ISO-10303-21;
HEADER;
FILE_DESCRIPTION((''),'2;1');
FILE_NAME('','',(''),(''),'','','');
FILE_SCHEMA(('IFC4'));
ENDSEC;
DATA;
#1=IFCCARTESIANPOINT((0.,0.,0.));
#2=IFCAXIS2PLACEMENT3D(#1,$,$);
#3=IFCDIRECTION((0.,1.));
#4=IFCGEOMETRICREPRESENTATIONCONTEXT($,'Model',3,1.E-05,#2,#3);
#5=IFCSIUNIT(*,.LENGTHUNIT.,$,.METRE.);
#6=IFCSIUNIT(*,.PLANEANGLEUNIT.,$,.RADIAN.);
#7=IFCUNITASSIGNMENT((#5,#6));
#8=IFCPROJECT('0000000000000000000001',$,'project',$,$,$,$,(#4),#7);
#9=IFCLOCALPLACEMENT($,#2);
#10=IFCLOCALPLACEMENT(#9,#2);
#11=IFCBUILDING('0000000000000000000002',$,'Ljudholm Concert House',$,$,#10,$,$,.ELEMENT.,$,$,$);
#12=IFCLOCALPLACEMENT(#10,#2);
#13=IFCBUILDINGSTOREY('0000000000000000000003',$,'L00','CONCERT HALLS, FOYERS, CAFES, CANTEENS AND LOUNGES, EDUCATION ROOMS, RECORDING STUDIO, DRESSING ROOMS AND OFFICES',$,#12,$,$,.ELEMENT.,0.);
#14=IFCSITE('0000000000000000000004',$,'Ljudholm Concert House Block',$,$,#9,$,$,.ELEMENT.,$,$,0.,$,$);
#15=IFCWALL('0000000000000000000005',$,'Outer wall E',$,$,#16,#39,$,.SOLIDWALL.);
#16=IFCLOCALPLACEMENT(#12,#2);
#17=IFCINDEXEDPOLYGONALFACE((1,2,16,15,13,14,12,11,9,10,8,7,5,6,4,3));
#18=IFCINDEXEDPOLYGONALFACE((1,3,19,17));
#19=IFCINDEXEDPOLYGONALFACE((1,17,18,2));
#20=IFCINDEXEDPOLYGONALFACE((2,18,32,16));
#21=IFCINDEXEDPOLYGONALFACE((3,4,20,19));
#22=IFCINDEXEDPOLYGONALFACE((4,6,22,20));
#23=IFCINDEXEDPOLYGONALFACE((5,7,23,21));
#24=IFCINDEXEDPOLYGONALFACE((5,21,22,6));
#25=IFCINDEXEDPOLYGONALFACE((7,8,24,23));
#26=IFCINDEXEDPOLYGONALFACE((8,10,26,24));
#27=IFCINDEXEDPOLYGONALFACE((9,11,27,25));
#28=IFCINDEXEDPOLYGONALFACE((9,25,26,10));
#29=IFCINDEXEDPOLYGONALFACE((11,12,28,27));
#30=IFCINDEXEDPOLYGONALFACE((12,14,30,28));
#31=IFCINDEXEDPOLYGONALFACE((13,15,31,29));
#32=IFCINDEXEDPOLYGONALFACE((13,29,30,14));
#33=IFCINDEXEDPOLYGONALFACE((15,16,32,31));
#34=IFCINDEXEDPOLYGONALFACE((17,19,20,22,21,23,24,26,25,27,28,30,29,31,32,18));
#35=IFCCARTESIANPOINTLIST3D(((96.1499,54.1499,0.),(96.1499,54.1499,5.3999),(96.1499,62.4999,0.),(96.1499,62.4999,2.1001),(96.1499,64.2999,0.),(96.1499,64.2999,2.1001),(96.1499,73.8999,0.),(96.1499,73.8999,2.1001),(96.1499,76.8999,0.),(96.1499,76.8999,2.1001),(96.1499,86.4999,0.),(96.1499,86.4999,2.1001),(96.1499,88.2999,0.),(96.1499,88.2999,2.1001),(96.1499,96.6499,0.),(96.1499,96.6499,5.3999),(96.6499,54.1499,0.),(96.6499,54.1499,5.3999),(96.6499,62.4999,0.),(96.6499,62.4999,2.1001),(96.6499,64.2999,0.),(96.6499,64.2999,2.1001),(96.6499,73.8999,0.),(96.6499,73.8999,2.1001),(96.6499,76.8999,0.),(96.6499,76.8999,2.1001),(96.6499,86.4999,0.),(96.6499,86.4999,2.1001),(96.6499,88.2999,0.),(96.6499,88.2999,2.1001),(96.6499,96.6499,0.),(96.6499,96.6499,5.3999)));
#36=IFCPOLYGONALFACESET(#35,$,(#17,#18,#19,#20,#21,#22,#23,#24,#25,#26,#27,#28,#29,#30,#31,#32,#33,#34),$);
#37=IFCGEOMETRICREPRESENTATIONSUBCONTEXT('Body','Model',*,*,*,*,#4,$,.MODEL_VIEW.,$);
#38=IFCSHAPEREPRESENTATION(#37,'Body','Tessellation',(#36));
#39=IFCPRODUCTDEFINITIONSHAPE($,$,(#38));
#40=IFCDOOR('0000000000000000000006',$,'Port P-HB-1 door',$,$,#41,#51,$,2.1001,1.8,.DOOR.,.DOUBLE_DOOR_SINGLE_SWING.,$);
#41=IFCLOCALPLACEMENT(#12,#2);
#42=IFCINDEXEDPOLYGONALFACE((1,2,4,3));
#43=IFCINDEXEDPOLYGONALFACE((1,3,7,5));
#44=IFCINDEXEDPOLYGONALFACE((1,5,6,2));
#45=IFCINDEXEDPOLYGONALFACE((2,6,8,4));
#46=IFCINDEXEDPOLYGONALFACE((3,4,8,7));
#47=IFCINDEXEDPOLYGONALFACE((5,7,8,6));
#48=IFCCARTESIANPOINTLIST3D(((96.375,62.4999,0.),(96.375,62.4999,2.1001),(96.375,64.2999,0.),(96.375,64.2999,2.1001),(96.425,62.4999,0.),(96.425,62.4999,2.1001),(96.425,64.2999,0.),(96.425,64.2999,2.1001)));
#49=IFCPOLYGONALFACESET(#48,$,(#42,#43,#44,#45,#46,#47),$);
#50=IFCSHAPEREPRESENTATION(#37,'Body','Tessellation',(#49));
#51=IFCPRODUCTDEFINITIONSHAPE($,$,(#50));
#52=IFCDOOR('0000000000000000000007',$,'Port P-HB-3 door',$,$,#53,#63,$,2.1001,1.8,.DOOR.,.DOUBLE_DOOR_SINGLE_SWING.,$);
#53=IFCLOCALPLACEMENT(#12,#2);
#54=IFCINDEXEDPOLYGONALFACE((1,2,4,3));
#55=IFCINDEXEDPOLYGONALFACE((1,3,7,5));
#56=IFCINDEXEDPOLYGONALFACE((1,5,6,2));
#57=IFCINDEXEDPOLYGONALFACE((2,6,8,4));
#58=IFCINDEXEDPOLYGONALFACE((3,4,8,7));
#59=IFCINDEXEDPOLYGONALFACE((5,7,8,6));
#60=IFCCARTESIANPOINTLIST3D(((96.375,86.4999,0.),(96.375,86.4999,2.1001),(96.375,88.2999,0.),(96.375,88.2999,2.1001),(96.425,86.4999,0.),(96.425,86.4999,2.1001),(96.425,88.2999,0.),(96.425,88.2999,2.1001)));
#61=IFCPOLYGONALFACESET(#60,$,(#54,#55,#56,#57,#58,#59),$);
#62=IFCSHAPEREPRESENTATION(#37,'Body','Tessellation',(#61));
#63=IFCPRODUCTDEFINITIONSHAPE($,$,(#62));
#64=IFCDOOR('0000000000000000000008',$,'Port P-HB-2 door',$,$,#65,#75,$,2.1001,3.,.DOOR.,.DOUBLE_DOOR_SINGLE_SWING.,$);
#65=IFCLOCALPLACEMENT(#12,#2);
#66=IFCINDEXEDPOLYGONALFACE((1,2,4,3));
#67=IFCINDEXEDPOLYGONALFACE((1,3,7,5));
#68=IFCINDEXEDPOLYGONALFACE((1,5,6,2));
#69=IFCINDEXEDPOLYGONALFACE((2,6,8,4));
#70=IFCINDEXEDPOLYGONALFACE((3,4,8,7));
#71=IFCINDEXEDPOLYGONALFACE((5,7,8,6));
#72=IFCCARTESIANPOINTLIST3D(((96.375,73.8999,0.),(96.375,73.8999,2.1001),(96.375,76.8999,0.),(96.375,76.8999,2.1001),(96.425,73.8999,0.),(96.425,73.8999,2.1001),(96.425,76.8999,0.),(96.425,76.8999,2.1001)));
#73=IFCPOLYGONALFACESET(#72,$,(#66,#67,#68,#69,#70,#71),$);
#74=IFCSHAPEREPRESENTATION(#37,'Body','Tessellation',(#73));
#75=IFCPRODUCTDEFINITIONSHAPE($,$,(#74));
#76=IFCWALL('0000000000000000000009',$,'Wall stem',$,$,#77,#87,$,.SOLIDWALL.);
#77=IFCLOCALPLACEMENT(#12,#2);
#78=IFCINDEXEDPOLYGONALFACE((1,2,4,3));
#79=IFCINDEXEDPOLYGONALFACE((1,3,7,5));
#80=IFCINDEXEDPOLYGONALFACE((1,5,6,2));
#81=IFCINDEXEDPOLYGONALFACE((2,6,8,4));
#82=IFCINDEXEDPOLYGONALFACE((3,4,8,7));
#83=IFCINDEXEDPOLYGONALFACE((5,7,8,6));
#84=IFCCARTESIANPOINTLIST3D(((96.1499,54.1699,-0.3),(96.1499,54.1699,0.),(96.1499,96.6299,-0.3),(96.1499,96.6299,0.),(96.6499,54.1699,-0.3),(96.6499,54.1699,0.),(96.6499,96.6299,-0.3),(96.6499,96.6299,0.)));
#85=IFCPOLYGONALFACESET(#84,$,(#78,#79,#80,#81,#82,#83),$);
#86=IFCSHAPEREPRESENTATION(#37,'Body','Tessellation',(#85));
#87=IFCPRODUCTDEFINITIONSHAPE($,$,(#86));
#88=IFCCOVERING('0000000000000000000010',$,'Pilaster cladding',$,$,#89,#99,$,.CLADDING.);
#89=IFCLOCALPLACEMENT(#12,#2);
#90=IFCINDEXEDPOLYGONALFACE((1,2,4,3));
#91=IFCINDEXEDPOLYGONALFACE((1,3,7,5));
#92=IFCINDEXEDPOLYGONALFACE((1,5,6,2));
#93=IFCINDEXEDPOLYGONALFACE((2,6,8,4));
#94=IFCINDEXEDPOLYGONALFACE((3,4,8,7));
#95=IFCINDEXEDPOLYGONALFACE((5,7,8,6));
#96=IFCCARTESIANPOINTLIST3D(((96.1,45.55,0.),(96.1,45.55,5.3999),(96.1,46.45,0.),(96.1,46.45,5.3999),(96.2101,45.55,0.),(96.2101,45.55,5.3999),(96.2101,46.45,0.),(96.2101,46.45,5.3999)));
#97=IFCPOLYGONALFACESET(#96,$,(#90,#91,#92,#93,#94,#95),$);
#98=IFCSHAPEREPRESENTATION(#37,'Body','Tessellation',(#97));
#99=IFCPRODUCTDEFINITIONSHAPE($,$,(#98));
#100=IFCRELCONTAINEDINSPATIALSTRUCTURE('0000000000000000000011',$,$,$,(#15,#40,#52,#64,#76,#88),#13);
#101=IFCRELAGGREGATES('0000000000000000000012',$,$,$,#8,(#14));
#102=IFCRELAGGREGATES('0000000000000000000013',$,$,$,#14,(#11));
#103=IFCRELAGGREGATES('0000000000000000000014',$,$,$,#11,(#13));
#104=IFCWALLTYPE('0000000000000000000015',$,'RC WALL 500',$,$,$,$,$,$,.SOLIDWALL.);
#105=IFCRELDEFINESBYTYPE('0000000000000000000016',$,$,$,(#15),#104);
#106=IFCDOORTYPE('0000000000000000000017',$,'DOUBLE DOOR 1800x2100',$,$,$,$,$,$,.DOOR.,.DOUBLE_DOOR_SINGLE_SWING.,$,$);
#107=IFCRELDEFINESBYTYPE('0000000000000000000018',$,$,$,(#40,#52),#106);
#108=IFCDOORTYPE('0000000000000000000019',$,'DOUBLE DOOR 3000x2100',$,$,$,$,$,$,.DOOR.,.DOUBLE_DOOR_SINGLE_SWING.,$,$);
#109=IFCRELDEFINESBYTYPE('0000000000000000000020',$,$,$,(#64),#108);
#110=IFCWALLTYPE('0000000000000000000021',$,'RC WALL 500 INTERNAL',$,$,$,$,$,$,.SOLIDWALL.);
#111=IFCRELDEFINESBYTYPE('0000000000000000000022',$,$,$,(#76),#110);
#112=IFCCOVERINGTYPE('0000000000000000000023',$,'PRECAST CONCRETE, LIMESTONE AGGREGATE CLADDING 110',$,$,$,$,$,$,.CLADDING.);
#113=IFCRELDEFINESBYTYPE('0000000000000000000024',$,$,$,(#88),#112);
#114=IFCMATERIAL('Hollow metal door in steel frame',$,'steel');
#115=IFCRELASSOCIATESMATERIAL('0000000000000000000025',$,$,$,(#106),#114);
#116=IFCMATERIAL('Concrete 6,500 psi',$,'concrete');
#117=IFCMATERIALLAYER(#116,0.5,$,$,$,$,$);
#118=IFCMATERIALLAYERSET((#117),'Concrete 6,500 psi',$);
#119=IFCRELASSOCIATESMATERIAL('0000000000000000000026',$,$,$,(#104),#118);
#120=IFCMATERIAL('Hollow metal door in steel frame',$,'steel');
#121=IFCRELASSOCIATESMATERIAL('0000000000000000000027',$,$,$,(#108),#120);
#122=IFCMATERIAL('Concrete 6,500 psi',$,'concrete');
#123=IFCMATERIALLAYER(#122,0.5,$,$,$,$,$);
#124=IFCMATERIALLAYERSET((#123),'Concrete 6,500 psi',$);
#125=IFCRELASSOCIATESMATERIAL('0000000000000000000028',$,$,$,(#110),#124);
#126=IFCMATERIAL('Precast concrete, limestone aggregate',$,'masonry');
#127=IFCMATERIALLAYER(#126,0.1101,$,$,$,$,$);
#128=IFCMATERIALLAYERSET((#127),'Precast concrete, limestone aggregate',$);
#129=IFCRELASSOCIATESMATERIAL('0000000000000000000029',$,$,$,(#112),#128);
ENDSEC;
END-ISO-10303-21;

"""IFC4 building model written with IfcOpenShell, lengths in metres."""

from ifc_helpers import new_model, si_unit, direction, frame, frame_2d, origin, origin_2d, place, context, subcontext, project, spatial, rectangle, extrude, material, layer, layer_set, type_object, element, fill, save


model = new_model("IFC4")

# Units and contexts
model_context = context("Model", 3, precision=1e-05, world=origin(), true_north=direction((0.0, 1.0)))
body_context = subcontext(model_context, "Body", "Model", "MODEL_VIEW")
ifc_project = project(units=[si_unit("LENGTHUNIT", "METRE"), si_unit("PLANEANGLEUNIT", "RADIAN")], contexts=[model_context])

# Site, building, storey
site_placement = place(None, origin())
site = spatial("IfcSite", under=ifc_project, at=site_placement, Name="Ljudholm Concert House Block", CompositionType="ELEMENT", RefElevation=0.0)
building_placement = place(site_placement, origin())
building = spatial("IfcBuilding", under=site, at=building_placement, Name="Ljudholm Concert House", CompositionType="ELEMENT")
storey_placement = place(building_placement, origin())
storey = spatial("IfcBuildingStorey", under=building, at=storey_placement, Name="L00", Description="CONCERT HALLS, FOYERS, CAFES, CANTEENS AND LOUNGES, EDUCATION ROOMS, RECORDING STUDIO, DRESSING ROOMS AND OFFICES", CompositionType="ELEMENT", Elevation=0.0)

# Shared definitions
ifc_material_1 = material(Name="Hollow metal door in steel frame", Category="steel")
door_type_1 = type_object("IfcDoorType", Name="DOUBLE DOOR 1800x2100", OperationType="DOUBLE_DOOR_SINGLE_SWING", PredefinedType="DOOR", material=ifc_material_1)

# Wall, openings, doors
ifc_material_2 = material(Name="Concrete 6,500 psi", Category="concrete")
ifc_layer_1 = layer(ifc_material_2, 0.5)
ifc_layer_set_1 = layer_set([ifc_layer_1], Name="Concrete 6,500 psi")
wall_type_1 = type_object("IfcWallType", Name="RC WALL 500", PredefinedType="SOLIDWALL", material=ifc_layer_set_1)
wall_1_placement = place(storey_placement, frame((96.3999, 54.1499, 0.0), z_axis=(0.0, 0.0, 1.0), x_axis=(0.0, 1.0, 0.0)))
wall_1 = element("IfcWall", 1, at=wall_1_placement, inside=storey, type_object=wall_type_1, Name="Outer wall E", PredefinedType="SOLIDWALL", context=body_context, shape_type="SweptSolid", body=[
    extrude(rectangle(XDim=42.5, YDim=0.5, at=frame_2d((21.25, 0.0))), origin(), (0.0, 0.0, 1.0), 5.3999),
])
opening_1_placement = place(wall_1_placement, frame((8.3501, 0.0, 0.0)))
opening_1 = element("IfcOpeningElement", 2, at=opening_1_placement, cuts=wall_1, PredefinedType="OPENING", context=body_context, shape_type="SweptSolid", body=[
    extrude(rectangle(XDim=1.8, YDim=2.1001, at=frame_2d((0.8999, 1.05))), frame((0.0, 0.26, 0.0), z_axis=(0.0, -1.0, 0.0), x_axis=(1.0, 0.0, 0.0)), (0.0, 0.0, 1.0), 0.52),
])
opening_2_placement = place(wall_1_placement, frame((19.75, 0.0, 0.0)))
opening_2 = element("IfcOpeningElement", 3, at=opening_2_placement, cuts=wall_1, PredefinedType="OPENING", context=body_context, shape_type="SweptSolid", body=[
    extrude(rectangle(XDim=3.0, YDim=2.1001, at=frame_2d((1.5, 1.05))), frame((0.0, 0.26, 0.0), z_axis=(0.0, -1.0, 0.0), x_axis=(1.0, 0.0, 0.0)), (0.0, 0.0, 1.0), 0.52),
])
opening_3_placement = place(wall_1_placement, frame((32.3501, 0.0, 0.0)))
opening_3 = element("IfcOpeningElement", 4, at=opening_3_placement, cuts=wall_1, PredefinedType="OPENING", context=body_context, shape_type="SweptSolid", body=[
    extrude(rectangle(XDim=1.8, YDim=2.1001, at=frame_2d((0.8999, 1.05))), frame((0.0, 0.26, 0.0), z_axis=(0.0, -1.0, 0.0), x_axis=(1.0, 0.0, 0.0)), (0.0, 0.0, 1.0), 0.52),
])
door_1_placement = place(opening_1_placement, origin())
door_1 = element("IfcDoor", 5, at=door_1_placement, inside=storey, type_object=door_type_1, Name="Port P-HB-1 door", OperationType="DOUBLE_DOOR_SINGLE_SWING", OverallHeight=2.1001, OverallWidth=1.8, PredefinedType="DOOR", context=body_context, shape_type="SweptSolid", body=[
    extrude(rectangle(XDim=1.8, YDim=2.1001, at=frame_2d((0.8999, 1.05))), frame((0.0, 0.0249, 0.0), z_axis=(0.0, -1.0, 0.0), x_axis=(1.0, 0.0, 0.0)), (0.0, 0.0, 1.0), 0.05),
])
fill(opening_1, door_1)
door_2_placement = place(opening_3_placement, origin())
door_2 = element("IfcDoor", 6, at=door_2_placement, inside=storey, type_object=door_type_1, Name="Port P-HB-3 door", OperationType="DOUBLE_DOOR_SINGLE_SWING", OverallHeight=2.1001, OverallWidth=1.8, PredefinedType="DOOR", context=body_context, shape_type="SweptSolid", body=[
    extrude(rectangle(XDim=1.8, YDim=2.1001, at=frame_2d((0.8999, 1.05))), frame((0.0, 0.0249, 0.0), z_axis=(0.0, -1.0, 0.0), x_axis=(1.0, 0.0, 0.0)), (0.0, 0.0, 1.0), 0.05),
])
fill(opening_3, door_2)
ifc_material_3 = material(Name="Hollow metal door in steel frame", Category="steel")
door_type_2 = type_object("IfcDoorType", Name="DOUBLE DOOR 3000x2100", OperationType="DOUBLE_DOOR_SINGLE_SWING", PredefinedType="DOOR", material=ifc_material_3)
door_3_placement = place(opening_2_placement, origin())
door_3 = element("IfcDoor", 7, at=door_3_placement, inside=storey, type_object=door_type_2, Name="Port P-HB-2 door", OperationType="DOUBLE_DOOR_SINGLE_SWING", OverallHeight=2.1001, OverallWidth=3.0, PredefinedType="DOOR", context=body_context, shape_type="SweptSolid", body=[
    extrude(rectangle(XDim=3.0, YDim=2.1001, at=frame_2d((1.5, 1.05))), frame((0.0, 0.0249, 0.0), z_axis=(0.0, -1.0, 0.0), x_axis=(1.0, 0.0, 0.0)), (0.0, 0.0, 1.0), 0.05),
])
fill(opening_2, door_3)

# Wall
ifc_material_4 = material(Name="Concrete 6,500 psi", Category="concrete")
ifc_layer_2 = layer(ifc_material_4, 0.5)
ifc_layer_set_2 = layer_set([ifc_layer_2], Name="Concrete 6,500 psi")
wall_type_2 = type_object("IfcWallType", Name="RC WALL 500 INTERNAL", PredefinedType="SOLIDWALL", material=ifc_layer_set_2)
wall_2_placement = place(storey_placement, frame((96.3999, 54.1699, -0.3), z_axis=(0.0, 0.0, 1.0), x_axis=(0.0, 1.0, 0.0)))
element("IfcWall", 8, at=wall_2_placement, inside=storey, type_object=wall_type_2, Name="Wall stem", PredefinedType="SOLIDWALL", context=body_context, shape_type="SweptSolid", body=[
    extrude(rectangle(XDim=42.46, YDim=0.5, at=frame_2d((21.23, 0.0))), origin(), (0.0, 0.0, 1.0), 0.3),
])

# Covering
ifc_material_5 = material(Name="Precast concrete, limestone aggregate", Category="masonry")
ifc_layer_3 = layer(ifc_material_5, 0.1101)
ifc_layer_set_3 = layer_set([ifc_layer_3], Name="Precast concrete, limestone aggregate")
covering_type = type_object("IfcCoveringType", Name="PRECAST CONCRETE, LIMESTONE AGGREGATE CLADDING 110", PredefinedType="CLADDING", material=ifc_layer_set_3)
covering_placement = place(storey_placement, frame((96.155, 46.0, 0.0), z_axis=(0.0, 0.0, 1.0), x_axis=(-1.0, 0.0, 0.0)))
element("IfcCovering", 9, at=covering_placement, inside=storey, type_object=covering_type, Name="Pilaster cladding", PredefinedType="CLADDING", context=body_context, shape_type="SweptSolid", body=[
    extrude(rectangle(XDim=0.1101, YDim=0.8999, at=origin_2d()), origin(), (0.0, 0.0, 1.0), 5.3999),
])

save(model, "model.ifc")
